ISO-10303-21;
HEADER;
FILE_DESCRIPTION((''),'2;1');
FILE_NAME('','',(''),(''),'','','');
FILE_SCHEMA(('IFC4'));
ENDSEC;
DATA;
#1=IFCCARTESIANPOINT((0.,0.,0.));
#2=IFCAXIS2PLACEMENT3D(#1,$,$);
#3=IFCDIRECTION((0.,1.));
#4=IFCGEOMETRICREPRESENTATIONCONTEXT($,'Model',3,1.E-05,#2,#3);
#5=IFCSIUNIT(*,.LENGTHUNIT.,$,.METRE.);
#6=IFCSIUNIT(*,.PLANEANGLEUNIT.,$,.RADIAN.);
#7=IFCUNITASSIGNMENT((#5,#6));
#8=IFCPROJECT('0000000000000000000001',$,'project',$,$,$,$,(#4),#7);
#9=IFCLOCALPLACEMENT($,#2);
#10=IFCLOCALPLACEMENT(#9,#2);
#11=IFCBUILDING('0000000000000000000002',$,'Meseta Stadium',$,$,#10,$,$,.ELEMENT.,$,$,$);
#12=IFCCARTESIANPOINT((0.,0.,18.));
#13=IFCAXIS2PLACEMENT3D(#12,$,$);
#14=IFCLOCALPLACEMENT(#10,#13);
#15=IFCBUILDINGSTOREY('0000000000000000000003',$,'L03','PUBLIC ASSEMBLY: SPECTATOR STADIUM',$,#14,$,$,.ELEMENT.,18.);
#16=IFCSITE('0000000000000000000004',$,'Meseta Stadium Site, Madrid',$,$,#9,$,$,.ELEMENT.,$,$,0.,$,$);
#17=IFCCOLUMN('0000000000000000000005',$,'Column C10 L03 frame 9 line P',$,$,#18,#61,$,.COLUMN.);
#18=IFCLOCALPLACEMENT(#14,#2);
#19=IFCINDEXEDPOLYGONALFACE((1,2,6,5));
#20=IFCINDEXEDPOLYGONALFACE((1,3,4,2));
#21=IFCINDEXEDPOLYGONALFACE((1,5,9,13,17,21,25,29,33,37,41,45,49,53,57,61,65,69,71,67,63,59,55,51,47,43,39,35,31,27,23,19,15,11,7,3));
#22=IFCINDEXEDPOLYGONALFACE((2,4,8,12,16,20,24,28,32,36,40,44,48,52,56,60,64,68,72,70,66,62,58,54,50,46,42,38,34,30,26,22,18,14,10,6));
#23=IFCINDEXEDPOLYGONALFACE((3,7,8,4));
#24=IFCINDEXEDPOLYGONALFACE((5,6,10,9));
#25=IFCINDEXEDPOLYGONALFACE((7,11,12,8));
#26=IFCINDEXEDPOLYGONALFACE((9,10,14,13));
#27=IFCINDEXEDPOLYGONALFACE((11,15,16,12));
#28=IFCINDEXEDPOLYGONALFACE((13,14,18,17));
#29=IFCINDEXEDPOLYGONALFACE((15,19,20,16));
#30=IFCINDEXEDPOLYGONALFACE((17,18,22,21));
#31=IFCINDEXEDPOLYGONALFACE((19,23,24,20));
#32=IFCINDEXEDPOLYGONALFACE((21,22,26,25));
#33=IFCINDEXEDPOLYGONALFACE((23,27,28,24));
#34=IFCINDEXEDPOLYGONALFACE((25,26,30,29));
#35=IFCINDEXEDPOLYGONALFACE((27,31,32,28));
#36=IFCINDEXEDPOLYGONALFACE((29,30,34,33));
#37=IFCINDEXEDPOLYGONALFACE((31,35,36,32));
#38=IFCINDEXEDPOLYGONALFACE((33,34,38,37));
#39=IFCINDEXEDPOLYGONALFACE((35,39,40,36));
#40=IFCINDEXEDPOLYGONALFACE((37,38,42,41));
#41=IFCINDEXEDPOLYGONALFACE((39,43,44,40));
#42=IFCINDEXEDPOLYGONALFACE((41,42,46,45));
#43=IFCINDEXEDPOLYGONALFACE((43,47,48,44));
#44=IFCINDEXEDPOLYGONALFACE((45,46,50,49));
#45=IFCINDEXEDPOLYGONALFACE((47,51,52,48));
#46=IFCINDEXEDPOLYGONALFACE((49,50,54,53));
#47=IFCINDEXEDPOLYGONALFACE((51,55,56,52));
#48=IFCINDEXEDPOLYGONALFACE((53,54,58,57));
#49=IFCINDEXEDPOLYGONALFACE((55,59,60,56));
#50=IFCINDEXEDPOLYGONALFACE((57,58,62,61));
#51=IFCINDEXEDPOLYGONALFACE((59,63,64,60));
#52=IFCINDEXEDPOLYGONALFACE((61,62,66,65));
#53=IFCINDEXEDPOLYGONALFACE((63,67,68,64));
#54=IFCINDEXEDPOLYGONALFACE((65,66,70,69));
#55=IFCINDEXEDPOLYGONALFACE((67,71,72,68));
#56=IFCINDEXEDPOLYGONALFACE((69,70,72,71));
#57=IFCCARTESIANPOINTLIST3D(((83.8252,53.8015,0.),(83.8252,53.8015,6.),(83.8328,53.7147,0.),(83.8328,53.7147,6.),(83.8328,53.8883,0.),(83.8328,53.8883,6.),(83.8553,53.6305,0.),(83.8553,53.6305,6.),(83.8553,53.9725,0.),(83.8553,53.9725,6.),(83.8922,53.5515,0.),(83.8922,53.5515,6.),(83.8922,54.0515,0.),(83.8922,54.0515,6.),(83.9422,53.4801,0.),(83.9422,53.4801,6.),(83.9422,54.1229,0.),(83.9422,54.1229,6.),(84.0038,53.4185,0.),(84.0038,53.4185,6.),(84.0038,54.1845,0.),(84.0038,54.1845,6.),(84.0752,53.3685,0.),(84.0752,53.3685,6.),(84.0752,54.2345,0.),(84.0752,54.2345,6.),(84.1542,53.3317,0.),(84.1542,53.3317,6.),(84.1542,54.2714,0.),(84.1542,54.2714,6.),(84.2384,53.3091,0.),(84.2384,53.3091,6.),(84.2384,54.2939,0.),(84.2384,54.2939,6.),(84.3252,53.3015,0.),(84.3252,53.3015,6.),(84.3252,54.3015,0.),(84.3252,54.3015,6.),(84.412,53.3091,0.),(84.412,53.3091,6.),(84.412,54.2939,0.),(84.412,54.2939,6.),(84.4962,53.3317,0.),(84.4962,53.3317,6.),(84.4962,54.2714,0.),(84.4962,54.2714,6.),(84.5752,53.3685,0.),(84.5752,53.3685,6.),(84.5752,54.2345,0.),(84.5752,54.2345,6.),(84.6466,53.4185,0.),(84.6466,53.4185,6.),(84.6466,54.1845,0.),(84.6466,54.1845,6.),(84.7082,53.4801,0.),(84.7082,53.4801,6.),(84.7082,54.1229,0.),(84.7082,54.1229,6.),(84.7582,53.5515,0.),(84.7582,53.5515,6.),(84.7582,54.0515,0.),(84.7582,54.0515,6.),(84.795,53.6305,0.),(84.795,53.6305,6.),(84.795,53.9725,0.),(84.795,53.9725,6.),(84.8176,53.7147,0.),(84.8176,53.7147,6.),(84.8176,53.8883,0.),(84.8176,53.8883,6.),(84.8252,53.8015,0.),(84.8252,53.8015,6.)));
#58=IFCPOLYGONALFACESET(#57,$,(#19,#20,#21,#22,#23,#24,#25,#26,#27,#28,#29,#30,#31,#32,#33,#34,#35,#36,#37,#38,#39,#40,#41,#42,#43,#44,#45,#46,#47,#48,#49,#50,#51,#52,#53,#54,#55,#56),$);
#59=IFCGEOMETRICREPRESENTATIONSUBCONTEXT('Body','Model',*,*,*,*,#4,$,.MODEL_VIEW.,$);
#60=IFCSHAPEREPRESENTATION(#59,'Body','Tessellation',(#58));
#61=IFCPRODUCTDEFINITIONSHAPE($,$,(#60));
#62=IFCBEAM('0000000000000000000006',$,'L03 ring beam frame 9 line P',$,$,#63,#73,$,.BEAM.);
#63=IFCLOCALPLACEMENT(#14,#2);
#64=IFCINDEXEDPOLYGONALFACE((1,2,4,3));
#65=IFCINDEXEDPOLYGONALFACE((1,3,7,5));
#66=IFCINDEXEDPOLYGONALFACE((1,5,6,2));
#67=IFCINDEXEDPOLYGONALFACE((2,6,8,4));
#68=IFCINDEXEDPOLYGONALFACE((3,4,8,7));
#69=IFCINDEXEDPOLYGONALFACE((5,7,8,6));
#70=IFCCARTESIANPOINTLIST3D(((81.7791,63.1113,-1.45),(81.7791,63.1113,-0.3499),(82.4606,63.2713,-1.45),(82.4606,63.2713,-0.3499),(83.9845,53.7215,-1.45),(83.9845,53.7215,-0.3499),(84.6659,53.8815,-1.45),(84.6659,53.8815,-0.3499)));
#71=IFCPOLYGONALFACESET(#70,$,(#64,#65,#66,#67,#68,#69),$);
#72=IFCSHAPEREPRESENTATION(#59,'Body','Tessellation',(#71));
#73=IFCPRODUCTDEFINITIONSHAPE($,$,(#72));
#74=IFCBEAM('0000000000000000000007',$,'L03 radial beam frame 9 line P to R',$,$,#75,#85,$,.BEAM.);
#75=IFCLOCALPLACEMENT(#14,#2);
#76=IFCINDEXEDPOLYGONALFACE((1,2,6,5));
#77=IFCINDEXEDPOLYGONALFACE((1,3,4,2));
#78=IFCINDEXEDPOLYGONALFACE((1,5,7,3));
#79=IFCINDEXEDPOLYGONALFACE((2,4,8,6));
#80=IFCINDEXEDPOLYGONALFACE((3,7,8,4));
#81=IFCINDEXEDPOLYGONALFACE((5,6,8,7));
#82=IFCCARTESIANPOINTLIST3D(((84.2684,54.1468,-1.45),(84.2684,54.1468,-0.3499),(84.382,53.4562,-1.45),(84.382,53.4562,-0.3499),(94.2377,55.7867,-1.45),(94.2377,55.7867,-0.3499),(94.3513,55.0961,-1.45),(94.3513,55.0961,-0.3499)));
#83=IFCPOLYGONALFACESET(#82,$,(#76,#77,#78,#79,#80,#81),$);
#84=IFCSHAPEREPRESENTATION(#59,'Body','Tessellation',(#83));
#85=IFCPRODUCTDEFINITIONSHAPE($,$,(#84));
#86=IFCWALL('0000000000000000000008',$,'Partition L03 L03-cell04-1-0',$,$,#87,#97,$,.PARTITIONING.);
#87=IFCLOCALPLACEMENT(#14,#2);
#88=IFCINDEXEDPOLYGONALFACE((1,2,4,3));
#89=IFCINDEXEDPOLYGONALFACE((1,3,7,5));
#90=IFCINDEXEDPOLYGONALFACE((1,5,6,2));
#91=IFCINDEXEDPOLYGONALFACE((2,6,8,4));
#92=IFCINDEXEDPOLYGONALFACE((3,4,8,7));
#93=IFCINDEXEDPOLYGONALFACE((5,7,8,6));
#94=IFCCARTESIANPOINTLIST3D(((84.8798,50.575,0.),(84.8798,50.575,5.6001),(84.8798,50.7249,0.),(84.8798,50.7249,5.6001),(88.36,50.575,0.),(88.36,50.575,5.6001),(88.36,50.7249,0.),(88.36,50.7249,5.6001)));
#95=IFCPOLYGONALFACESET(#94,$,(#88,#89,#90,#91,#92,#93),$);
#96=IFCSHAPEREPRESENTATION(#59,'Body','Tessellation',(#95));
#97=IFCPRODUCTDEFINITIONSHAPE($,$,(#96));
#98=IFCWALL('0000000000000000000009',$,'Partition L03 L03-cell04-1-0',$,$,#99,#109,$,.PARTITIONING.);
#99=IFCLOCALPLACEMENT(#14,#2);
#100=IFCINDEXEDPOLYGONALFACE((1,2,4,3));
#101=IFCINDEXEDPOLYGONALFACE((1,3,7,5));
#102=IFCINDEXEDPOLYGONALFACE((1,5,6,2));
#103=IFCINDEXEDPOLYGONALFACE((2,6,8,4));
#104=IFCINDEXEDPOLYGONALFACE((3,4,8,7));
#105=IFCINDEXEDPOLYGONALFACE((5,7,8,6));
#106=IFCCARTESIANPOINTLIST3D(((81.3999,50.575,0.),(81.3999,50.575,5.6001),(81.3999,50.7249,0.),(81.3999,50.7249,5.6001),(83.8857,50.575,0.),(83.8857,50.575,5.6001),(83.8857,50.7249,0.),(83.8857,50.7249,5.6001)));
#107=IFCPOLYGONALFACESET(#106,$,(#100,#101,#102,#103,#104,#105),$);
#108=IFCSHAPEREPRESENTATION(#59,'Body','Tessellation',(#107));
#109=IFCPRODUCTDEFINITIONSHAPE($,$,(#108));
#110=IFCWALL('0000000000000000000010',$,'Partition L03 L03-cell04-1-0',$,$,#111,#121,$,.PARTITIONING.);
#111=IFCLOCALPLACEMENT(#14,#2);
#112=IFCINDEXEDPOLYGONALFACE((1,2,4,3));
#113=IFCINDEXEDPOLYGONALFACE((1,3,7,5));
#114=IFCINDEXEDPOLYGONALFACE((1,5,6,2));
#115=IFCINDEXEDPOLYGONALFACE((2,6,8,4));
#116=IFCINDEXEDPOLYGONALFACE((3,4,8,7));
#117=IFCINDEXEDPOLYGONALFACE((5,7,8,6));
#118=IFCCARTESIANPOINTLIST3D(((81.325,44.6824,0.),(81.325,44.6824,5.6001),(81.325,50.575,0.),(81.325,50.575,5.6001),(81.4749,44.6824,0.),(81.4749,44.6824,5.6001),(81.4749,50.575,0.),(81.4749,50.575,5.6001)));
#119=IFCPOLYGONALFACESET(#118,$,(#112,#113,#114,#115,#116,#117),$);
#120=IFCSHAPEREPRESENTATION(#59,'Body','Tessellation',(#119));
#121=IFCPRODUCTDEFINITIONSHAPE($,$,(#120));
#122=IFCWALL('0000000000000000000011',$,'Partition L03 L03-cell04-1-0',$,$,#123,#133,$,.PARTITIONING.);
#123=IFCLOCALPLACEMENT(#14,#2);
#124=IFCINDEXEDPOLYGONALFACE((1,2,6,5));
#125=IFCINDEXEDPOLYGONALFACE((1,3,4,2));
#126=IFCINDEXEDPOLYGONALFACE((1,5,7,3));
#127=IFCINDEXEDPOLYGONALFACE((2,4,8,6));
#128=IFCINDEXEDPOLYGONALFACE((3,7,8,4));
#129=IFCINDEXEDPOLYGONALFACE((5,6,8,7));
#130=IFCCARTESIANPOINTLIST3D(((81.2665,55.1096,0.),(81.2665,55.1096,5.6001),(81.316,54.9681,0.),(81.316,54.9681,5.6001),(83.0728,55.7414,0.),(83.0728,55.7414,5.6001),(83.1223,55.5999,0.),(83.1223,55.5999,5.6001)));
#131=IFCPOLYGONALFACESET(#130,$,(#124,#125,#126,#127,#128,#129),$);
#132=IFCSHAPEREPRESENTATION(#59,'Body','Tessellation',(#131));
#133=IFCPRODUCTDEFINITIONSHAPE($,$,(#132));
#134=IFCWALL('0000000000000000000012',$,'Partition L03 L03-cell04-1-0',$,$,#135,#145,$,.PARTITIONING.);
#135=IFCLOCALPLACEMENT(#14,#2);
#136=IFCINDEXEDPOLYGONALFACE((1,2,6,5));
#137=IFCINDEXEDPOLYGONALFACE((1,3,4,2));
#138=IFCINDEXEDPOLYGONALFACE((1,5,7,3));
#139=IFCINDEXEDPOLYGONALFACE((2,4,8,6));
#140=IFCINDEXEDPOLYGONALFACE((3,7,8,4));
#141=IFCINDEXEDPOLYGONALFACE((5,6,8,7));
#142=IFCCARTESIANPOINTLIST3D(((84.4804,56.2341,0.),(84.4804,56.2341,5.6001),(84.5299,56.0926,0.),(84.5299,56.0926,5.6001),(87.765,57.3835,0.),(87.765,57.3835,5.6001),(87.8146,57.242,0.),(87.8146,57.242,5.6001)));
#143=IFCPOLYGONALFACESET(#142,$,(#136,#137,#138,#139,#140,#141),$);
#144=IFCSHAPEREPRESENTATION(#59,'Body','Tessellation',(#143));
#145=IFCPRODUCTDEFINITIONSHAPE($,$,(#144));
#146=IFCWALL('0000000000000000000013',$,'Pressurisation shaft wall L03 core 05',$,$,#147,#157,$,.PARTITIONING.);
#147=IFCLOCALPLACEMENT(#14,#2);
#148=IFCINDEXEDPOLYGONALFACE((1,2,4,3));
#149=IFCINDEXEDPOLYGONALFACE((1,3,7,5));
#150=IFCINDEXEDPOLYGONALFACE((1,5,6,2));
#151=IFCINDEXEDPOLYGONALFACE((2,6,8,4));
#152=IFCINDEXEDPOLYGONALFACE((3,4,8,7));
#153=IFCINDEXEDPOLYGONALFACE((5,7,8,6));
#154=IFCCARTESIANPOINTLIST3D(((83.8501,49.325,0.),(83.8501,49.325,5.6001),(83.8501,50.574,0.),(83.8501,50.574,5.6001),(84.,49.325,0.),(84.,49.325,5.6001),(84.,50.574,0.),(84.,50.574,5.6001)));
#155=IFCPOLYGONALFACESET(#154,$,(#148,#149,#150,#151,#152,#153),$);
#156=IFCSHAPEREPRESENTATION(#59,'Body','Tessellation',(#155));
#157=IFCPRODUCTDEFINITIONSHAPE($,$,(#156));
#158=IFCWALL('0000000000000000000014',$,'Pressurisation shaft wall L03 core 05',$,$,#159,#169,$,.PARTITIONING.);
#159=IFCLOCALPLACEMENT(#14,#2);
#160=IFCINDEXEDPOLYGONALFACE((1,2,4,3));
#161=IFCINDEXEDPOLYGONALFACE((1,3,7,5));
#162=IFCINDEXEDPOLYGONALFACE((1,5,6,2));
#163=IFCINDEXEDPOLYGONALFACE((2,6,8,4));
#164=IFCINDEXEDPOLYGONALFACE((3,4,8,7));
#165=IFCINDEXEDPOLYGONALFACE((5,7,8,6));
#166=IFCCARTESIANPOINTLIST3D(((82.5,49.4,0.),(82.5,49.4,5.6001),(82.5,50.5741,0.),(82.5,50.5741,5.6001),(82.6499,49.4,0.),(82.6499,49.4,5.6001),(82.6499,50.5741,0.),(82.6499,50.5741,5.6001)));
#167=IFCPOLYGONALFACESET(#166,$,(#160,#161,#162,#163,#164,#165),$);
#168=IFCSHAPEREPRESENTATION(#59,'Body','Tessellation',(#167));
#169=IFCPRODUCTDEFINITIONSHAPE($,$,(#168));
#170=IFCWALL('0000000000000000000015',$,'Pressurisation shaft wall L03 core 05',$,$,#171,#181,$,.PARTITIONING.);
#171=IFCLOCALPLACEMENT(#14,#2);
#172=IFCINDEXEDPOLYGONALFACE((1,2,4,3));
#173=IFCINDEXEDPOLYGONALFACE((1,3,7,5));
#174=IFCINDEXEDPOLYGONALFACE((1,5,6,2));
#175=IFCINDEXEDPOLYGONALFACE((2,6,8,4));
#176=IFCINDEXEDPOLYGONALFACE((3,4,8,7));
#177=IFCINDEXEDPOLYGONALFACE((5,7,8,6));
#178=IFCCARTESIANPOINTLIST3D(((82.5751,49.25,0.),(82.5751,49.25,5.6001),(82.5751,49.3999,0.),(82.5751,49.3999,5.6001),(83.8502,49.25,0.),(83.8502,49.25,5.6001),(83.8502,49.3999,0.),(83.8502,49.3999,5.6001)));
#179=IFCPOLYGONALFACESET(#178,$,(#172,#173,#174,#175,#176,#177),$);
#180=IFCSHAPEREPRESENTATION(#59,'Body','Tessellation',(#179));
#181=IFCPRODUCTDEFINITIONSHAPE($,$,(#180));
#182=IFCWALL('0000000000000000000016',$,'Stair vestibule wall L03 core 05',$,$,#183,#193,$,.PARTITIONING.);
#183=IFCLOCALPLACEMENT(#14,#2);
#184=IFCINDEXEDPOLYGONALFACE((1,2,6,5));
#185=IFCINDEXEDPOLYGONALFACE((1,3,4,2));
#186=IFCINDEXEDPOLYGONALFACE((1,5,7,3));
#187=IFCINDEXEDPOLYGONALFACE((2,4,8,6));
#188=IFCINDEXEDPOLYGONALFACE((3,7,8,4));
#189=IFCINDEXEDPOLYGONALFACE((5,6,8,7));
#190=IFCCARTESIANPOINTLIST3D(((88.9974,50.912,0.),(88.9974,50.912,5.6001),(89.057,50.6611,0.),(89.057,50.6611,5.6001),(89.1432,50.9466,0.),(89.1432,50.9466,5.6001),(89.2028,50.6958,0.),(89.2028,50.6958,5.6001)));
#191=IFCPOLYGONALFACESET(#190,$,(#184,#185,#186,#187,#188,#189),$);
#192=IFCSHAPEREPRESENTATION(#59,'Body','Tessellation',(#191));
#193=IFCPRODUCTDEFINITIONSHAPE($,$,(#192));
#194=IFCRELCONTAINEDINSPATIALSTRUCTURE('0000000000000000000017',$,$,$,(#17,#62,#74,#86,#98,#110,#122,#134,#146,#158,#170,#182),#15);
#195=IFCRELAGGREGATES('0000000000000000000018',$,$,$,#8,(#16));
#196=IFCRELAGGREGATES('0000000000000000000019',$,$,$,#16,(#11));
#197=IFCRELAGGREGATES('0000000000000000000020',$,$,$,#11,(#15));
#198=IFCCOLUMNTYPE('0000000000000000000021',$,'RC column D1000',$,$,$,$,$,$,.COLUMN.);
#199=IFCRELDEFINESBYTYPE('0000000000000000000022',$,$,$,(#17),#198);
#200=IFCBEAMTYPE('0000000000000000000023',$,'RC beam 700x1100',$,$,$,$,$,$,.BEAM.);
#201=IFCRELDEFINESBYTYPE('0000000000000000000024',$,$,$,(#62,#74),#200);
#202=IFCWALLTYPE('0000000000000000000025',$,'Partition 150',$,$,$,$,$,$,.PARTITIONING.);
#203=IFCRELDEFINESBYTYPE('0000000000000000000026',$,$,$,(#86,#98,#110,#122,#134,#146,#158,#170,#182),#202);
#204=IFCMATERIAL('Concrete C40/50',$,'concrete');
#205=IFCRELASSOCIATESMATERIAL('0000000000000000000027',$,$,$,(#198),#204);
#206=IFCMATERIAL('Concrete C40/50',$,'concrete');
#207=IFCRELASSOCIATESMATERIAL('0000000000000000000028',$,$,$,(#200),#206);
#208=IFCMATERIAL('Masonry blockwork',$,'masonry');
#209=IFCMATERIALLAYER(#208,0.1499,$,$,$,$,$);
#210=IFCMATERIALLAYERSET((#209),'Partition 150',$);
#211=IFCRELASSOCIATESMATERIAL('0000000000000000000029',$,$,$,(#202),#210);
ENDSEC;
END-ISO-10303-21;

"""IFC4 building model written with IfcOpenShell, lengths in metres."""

from ifc_helpers import new_model, si_unit, direction, frame, frame_2d, origin, origin_2d, place, context, subcontext, project, spatial, rectangle, circle, extrude, material, layer, layer_set, material_profile, profile_set, type_object, element, save


model = new_model("IFC4")

# Units and contexts
model_context = context("Model", 3, precision=1e-05, world=origin(), true_north=direction((0.0, 1.0)))
body_context = subcontext(model_context, "Body", "Model", "MODEL_VIEW")
ifc_project = project(units=[si_unit("LENGTHUNIT", "METRE"), si_unit("PLANEANGLEUNIT", "RADIAN")], contexts=[model_context])

# Site, building, storey
site_placement = place(None, origin())
site = spatial("IfcSite", under=ifc_project, at=site_placement, Name="Meseta Stadium Site, Madrid", CompositionType="ELEMENT", RefElevation=0.0)
building_placement = place(site_placement, origin())
building = spatial("IfcBuilding", under=site, at=building_placement, Name="Meseta Stadium", CompositionType="ELEMENT")
storey_placement = place(building_placement, frame((0.0, 0.0, 18.0)))
storey = spatial("IfcBuildingStorey", under=building, at=storey_placement, Name="L03", Description="PUBLIC ASSEMBLY: SPECTATOR STADIUM", CompositionType="ELEMENT", Elevation=18.0)

# Column
ifc_material_1 = material(Name="Concrete C40/50", Category="concrete")
ifc_material_profile_1 = material_profile(ifc_material_1, circle(Radius=0.5, at=origin_2d()), Name="RC D1000")
ifc_profile_set_1 = profile_set([ifc_material_profile_1], Name="Concrete C40/50")
column_type = type_object("IfcColumnType", Name="RC column D1000", PredefinedType="COLUMN", material=ifc_profile_set_1)
column_placement = place(storey_placement, frame((84.3252, 53.8015, 0.0), z_axis=(0.0, 0.0, 1.0), x_axis=(1.0, 0.0, 0.0)))
element("IfcColumn", 1, at=column_placement, inside=storey, type_object=column_type, Name="Column C10 L03 frame 9 line P", PredefinedType="COLUMN", context=body_context, shape_type="SweptSolid", body=[
    extrude(circle(Radius=0.5, at=origin_2d()), origin(), (0.0, 0.0, 1.0), 6.0),
])

# Beams
ifc_material_2 = material(Name="Concrete C40/50", Category="concrete")
ifc_material_profile_2 = material_profile(ifc_material_2, rectangle(XDim=0.7, YDim=1.1001, at=origin_2d()), Name="RC 700x1100")
ifc_profile_set_2 = profile_set([ifc_material_profile_2], Name="Concrete C40/50")
beam_type = type_object("IfcBeamType", Name="RC beam 700x1100", PredefinedType="BEAM", material=ifc_profile_set_2)
beam_1_placement = place(storey_placement, frame((84.3252, 53.8015, -0.8999), z_axis=(-0.228646, 0.97351, 0.0), x_axis=(-0.97351, -0.228646, 0.0)))
element("IfcBeam", 2, at=beam_1_placement, inside=storey, type_object=beam_type, Name="L03 ring beam frame 9 line P", PredefinedType="BEAM", context=body_context, shape_type="SweptSolid", body=[
    extrude(rectangle(XDim=0.7, YDim=1.1001, at=origin_2d()), origin(), (0.0, 0.0, 1.0), 9.6453),
])
beam_2_placement = place(storey_placement, frame((84.3252, 53.8015, -0.8999), z_axis=(0.986739, 0.162314, 0.0), x_axis=(-0.162314, 0.986739, 0.0)))
element("IfcBeam", 3, at=beam_2_placement, inside=storey, type_object=beam_type, Name="L03 radial beam frame 9 line P to R", PredefinedType="BEAM", context=body_context, shape_type="SweptSolid", body=[
    extrude(rectangle(XDim=0.7, YDim=1.1001, at=origin_2d()), origin(), (0.0, 0.0, 1.0), 10.1033),
])

# Walls
ifc_material_3 = material(Name="Masonry blockwork", Category="masonry")
ifc_layer = layer(ifc_material_3, 0.1499)
ifc_layer_set = layer_set([ifc_layer], Name="Partition 150")
wall_type = type_object("IfcWallType", Name="Partition 150", PredefinedType="PARTITIONING", material=ifc_layer_set)
wall_1_placement = place(storey_placement, frame((88.3601, 50.6499, 0.0), z_axis=(0.0, 0.0, 1.0), x_axis=(-1.0, 0.0, 0.0)))
element("IfcWall", 4, at=wall_1_placement, inside=storey, type_object=wall_type, Name="Partition L03 L03-cell04-1-0", PredefinedType="PARTITIONING", context=body_context, shape_type="SweptSolid", body=[
    extrude(rectangle(XDim=3.4802, YDim=0.1499, at=frame_2d((1.7402, 0.0))), origin(), (0.0, 0.0, 1.0), 5.6001),
])
wall_2_placement = place(storey_placement, frame((83.8857, 50.6499, 0.0), z_axis=(0.0, 0.0, 1.0), x_axis=(-1.0, 0.0, 0.0)))
element("IfcWall", 5, at=wall_2_placement, inside=storey, type_object=wall_type, Name="Partition L03 L03-cell04-1-0", PredefinedType="PARTITIONING", context=body_context, shape_type="SweptSolid", body=[
    extrude(rectangle(XDim=2.4858, YDim=0.1499, at=frame_2d((1.2429, 0.0))), origin(), (0.0, 0.0, 1.0), 5.6001),
])
wall_3_placement = place(storey_placement, frame((81.3999, 50.575, 0.0), z_axis=(0.0, 0.0, 1.0), x_axis=(0.0, -1.0, 0.0)))
element("IfcWall", 6, at=wall_3_placement, inside=storey, type_object=wall_type, Name="Partition L03 L03-cell04-1-0", PredefinedType="PARTITIONING", context=body_context, shape_type="SweptSolid", body=[
    extrude(rectangle(XDim=5.8926, YDim=0.1499, at=frame_2d((2.9463, 0.0))), origin(), (0.0, 0.0, 1.0), 5.6001),
])
wall_4_placement = place(storey_placement, frame((81.2913, 55.0388, 0.0), z_axis=(0.0, 0.0, 1.0), x_axis=(0.94391, 0.330203, 0.0)))
element("IfcWall", 7, at=wall_4_placement, inside=storey, type_object=wall_type, Name="Partition L03 L03-cell04-1-0", PredefinedType="PARTITIONING", context=body_context, shape_type="SweptSolid", body=[
    extrude(rectangle(XDim=1.9136, YDim=0.1499, at=frame_2d((0.9568, 0.0))), origin(), (0.0, 0.0, 1.0), 5.6001),
])
wall_5_placement = place(storey_placement, frame((84.5051, 56.1633, 0.0), z_axis=(0.0, 0.0, 1.0), x_axis=(0.943878, 0.330294, 0.0)))
element("IfcWall", 8, at=wall_5_placement, inside=storey, type_object=wall_type, Name="Partition L03 L03-cell04-1-0", PredefinedType="PARTITIONING", context=body_context, shape_type="SweptSolid", body=[
    extrude(rectangle(XDim=3.48, YDim=0.1499, at=frame_2d((1.74, 0.0))), origin(), (0.0, 0.0, 1.0), 5.6001),
])
wall_6_placement = place(storey_placement, frame((83.925, 49.325, 0.0), z_axis=(0.0, 0.0, 1.0), x_axis=(0.0, 1.0, 0.0)))
element("IfcWall", 9, at=wall_6_placement, inside=storey, type_object=wall_type, Name="Pressurisation shaft wall L03 core 05", PredefinedType="PARTITIONING", context=body_context, shape_type="SweptSolid", body=[
    extrude(rectangle(XDim=1.249, YDim=0.1499, at=frame_2d((0.6245, 0.0))), origin(), (0.0, 0.0, 1.0), 5.6001),
])
wall_7_placement = place(storey_placement, frame((82.575, 50.574, 0.0), z_axis=(0.0, 0.0, 1.0), x_axis=(0.0, -1.0, 0.0)))
element("IfcWall", 10, at=wall_7_placement, inside=storey, type_object=wall_type, Name="Pressurisation shaft wall L03 core 05", PredefinedType="PARTITIONING", context=body_context, shape_type="SweptSolid", body=[
    extrude(rectangle(XDim=1.1741, YDim=0.1499, at=frame_2d((0.5869, 0.0))), origin(), (0.0, 0.0, 1.0), 5.6001),
])
wall_8_placement = place(storey_placement, frame((82.575, 49.325, 0.0), z_axis=(0.0, 0.0, 1.0), x_axis=(1.0, 0.0, 0.0)))
element("IfcWall", 11, at=wall_8_placement, inside=storey, type_object=wall_type, Name="Pressurisation shaft wall L03 core 05", PredefinedType="PARTITIONING", context=body_context, shape_type="SweptSolid", body=[
    extrude(rectangle(XDim=1.2751, YDim=0.1499, at=frame_2d((0.6377, 0.0))), origin(), (0.0, 0.0, 1.0), 5.6001),
])
wall_9_placement = place(storey_placement, frame((89.1299, 50.6785, 0.0), z_axis=(0.0, 0.0, 1.0), x_axis=(-0.231151, 0.972918, 0.0)))
element("IfcWall", 12, at=wall_9_placement, inside=storey, type_object=wall_type, Name="Stair vestibule wall L03 core 05", PredefinedType="PARTITIONING", context=body_context, shape_type="SweptSolid", body=[
    extrude(rectangle(XDim=0.2578, YDim=0.1499, at=frame_2d((0.1289, 0.0))), origin(), (0.0, 0.0, 1.0), 5.6001),
])

save(model, "model.ifc")
